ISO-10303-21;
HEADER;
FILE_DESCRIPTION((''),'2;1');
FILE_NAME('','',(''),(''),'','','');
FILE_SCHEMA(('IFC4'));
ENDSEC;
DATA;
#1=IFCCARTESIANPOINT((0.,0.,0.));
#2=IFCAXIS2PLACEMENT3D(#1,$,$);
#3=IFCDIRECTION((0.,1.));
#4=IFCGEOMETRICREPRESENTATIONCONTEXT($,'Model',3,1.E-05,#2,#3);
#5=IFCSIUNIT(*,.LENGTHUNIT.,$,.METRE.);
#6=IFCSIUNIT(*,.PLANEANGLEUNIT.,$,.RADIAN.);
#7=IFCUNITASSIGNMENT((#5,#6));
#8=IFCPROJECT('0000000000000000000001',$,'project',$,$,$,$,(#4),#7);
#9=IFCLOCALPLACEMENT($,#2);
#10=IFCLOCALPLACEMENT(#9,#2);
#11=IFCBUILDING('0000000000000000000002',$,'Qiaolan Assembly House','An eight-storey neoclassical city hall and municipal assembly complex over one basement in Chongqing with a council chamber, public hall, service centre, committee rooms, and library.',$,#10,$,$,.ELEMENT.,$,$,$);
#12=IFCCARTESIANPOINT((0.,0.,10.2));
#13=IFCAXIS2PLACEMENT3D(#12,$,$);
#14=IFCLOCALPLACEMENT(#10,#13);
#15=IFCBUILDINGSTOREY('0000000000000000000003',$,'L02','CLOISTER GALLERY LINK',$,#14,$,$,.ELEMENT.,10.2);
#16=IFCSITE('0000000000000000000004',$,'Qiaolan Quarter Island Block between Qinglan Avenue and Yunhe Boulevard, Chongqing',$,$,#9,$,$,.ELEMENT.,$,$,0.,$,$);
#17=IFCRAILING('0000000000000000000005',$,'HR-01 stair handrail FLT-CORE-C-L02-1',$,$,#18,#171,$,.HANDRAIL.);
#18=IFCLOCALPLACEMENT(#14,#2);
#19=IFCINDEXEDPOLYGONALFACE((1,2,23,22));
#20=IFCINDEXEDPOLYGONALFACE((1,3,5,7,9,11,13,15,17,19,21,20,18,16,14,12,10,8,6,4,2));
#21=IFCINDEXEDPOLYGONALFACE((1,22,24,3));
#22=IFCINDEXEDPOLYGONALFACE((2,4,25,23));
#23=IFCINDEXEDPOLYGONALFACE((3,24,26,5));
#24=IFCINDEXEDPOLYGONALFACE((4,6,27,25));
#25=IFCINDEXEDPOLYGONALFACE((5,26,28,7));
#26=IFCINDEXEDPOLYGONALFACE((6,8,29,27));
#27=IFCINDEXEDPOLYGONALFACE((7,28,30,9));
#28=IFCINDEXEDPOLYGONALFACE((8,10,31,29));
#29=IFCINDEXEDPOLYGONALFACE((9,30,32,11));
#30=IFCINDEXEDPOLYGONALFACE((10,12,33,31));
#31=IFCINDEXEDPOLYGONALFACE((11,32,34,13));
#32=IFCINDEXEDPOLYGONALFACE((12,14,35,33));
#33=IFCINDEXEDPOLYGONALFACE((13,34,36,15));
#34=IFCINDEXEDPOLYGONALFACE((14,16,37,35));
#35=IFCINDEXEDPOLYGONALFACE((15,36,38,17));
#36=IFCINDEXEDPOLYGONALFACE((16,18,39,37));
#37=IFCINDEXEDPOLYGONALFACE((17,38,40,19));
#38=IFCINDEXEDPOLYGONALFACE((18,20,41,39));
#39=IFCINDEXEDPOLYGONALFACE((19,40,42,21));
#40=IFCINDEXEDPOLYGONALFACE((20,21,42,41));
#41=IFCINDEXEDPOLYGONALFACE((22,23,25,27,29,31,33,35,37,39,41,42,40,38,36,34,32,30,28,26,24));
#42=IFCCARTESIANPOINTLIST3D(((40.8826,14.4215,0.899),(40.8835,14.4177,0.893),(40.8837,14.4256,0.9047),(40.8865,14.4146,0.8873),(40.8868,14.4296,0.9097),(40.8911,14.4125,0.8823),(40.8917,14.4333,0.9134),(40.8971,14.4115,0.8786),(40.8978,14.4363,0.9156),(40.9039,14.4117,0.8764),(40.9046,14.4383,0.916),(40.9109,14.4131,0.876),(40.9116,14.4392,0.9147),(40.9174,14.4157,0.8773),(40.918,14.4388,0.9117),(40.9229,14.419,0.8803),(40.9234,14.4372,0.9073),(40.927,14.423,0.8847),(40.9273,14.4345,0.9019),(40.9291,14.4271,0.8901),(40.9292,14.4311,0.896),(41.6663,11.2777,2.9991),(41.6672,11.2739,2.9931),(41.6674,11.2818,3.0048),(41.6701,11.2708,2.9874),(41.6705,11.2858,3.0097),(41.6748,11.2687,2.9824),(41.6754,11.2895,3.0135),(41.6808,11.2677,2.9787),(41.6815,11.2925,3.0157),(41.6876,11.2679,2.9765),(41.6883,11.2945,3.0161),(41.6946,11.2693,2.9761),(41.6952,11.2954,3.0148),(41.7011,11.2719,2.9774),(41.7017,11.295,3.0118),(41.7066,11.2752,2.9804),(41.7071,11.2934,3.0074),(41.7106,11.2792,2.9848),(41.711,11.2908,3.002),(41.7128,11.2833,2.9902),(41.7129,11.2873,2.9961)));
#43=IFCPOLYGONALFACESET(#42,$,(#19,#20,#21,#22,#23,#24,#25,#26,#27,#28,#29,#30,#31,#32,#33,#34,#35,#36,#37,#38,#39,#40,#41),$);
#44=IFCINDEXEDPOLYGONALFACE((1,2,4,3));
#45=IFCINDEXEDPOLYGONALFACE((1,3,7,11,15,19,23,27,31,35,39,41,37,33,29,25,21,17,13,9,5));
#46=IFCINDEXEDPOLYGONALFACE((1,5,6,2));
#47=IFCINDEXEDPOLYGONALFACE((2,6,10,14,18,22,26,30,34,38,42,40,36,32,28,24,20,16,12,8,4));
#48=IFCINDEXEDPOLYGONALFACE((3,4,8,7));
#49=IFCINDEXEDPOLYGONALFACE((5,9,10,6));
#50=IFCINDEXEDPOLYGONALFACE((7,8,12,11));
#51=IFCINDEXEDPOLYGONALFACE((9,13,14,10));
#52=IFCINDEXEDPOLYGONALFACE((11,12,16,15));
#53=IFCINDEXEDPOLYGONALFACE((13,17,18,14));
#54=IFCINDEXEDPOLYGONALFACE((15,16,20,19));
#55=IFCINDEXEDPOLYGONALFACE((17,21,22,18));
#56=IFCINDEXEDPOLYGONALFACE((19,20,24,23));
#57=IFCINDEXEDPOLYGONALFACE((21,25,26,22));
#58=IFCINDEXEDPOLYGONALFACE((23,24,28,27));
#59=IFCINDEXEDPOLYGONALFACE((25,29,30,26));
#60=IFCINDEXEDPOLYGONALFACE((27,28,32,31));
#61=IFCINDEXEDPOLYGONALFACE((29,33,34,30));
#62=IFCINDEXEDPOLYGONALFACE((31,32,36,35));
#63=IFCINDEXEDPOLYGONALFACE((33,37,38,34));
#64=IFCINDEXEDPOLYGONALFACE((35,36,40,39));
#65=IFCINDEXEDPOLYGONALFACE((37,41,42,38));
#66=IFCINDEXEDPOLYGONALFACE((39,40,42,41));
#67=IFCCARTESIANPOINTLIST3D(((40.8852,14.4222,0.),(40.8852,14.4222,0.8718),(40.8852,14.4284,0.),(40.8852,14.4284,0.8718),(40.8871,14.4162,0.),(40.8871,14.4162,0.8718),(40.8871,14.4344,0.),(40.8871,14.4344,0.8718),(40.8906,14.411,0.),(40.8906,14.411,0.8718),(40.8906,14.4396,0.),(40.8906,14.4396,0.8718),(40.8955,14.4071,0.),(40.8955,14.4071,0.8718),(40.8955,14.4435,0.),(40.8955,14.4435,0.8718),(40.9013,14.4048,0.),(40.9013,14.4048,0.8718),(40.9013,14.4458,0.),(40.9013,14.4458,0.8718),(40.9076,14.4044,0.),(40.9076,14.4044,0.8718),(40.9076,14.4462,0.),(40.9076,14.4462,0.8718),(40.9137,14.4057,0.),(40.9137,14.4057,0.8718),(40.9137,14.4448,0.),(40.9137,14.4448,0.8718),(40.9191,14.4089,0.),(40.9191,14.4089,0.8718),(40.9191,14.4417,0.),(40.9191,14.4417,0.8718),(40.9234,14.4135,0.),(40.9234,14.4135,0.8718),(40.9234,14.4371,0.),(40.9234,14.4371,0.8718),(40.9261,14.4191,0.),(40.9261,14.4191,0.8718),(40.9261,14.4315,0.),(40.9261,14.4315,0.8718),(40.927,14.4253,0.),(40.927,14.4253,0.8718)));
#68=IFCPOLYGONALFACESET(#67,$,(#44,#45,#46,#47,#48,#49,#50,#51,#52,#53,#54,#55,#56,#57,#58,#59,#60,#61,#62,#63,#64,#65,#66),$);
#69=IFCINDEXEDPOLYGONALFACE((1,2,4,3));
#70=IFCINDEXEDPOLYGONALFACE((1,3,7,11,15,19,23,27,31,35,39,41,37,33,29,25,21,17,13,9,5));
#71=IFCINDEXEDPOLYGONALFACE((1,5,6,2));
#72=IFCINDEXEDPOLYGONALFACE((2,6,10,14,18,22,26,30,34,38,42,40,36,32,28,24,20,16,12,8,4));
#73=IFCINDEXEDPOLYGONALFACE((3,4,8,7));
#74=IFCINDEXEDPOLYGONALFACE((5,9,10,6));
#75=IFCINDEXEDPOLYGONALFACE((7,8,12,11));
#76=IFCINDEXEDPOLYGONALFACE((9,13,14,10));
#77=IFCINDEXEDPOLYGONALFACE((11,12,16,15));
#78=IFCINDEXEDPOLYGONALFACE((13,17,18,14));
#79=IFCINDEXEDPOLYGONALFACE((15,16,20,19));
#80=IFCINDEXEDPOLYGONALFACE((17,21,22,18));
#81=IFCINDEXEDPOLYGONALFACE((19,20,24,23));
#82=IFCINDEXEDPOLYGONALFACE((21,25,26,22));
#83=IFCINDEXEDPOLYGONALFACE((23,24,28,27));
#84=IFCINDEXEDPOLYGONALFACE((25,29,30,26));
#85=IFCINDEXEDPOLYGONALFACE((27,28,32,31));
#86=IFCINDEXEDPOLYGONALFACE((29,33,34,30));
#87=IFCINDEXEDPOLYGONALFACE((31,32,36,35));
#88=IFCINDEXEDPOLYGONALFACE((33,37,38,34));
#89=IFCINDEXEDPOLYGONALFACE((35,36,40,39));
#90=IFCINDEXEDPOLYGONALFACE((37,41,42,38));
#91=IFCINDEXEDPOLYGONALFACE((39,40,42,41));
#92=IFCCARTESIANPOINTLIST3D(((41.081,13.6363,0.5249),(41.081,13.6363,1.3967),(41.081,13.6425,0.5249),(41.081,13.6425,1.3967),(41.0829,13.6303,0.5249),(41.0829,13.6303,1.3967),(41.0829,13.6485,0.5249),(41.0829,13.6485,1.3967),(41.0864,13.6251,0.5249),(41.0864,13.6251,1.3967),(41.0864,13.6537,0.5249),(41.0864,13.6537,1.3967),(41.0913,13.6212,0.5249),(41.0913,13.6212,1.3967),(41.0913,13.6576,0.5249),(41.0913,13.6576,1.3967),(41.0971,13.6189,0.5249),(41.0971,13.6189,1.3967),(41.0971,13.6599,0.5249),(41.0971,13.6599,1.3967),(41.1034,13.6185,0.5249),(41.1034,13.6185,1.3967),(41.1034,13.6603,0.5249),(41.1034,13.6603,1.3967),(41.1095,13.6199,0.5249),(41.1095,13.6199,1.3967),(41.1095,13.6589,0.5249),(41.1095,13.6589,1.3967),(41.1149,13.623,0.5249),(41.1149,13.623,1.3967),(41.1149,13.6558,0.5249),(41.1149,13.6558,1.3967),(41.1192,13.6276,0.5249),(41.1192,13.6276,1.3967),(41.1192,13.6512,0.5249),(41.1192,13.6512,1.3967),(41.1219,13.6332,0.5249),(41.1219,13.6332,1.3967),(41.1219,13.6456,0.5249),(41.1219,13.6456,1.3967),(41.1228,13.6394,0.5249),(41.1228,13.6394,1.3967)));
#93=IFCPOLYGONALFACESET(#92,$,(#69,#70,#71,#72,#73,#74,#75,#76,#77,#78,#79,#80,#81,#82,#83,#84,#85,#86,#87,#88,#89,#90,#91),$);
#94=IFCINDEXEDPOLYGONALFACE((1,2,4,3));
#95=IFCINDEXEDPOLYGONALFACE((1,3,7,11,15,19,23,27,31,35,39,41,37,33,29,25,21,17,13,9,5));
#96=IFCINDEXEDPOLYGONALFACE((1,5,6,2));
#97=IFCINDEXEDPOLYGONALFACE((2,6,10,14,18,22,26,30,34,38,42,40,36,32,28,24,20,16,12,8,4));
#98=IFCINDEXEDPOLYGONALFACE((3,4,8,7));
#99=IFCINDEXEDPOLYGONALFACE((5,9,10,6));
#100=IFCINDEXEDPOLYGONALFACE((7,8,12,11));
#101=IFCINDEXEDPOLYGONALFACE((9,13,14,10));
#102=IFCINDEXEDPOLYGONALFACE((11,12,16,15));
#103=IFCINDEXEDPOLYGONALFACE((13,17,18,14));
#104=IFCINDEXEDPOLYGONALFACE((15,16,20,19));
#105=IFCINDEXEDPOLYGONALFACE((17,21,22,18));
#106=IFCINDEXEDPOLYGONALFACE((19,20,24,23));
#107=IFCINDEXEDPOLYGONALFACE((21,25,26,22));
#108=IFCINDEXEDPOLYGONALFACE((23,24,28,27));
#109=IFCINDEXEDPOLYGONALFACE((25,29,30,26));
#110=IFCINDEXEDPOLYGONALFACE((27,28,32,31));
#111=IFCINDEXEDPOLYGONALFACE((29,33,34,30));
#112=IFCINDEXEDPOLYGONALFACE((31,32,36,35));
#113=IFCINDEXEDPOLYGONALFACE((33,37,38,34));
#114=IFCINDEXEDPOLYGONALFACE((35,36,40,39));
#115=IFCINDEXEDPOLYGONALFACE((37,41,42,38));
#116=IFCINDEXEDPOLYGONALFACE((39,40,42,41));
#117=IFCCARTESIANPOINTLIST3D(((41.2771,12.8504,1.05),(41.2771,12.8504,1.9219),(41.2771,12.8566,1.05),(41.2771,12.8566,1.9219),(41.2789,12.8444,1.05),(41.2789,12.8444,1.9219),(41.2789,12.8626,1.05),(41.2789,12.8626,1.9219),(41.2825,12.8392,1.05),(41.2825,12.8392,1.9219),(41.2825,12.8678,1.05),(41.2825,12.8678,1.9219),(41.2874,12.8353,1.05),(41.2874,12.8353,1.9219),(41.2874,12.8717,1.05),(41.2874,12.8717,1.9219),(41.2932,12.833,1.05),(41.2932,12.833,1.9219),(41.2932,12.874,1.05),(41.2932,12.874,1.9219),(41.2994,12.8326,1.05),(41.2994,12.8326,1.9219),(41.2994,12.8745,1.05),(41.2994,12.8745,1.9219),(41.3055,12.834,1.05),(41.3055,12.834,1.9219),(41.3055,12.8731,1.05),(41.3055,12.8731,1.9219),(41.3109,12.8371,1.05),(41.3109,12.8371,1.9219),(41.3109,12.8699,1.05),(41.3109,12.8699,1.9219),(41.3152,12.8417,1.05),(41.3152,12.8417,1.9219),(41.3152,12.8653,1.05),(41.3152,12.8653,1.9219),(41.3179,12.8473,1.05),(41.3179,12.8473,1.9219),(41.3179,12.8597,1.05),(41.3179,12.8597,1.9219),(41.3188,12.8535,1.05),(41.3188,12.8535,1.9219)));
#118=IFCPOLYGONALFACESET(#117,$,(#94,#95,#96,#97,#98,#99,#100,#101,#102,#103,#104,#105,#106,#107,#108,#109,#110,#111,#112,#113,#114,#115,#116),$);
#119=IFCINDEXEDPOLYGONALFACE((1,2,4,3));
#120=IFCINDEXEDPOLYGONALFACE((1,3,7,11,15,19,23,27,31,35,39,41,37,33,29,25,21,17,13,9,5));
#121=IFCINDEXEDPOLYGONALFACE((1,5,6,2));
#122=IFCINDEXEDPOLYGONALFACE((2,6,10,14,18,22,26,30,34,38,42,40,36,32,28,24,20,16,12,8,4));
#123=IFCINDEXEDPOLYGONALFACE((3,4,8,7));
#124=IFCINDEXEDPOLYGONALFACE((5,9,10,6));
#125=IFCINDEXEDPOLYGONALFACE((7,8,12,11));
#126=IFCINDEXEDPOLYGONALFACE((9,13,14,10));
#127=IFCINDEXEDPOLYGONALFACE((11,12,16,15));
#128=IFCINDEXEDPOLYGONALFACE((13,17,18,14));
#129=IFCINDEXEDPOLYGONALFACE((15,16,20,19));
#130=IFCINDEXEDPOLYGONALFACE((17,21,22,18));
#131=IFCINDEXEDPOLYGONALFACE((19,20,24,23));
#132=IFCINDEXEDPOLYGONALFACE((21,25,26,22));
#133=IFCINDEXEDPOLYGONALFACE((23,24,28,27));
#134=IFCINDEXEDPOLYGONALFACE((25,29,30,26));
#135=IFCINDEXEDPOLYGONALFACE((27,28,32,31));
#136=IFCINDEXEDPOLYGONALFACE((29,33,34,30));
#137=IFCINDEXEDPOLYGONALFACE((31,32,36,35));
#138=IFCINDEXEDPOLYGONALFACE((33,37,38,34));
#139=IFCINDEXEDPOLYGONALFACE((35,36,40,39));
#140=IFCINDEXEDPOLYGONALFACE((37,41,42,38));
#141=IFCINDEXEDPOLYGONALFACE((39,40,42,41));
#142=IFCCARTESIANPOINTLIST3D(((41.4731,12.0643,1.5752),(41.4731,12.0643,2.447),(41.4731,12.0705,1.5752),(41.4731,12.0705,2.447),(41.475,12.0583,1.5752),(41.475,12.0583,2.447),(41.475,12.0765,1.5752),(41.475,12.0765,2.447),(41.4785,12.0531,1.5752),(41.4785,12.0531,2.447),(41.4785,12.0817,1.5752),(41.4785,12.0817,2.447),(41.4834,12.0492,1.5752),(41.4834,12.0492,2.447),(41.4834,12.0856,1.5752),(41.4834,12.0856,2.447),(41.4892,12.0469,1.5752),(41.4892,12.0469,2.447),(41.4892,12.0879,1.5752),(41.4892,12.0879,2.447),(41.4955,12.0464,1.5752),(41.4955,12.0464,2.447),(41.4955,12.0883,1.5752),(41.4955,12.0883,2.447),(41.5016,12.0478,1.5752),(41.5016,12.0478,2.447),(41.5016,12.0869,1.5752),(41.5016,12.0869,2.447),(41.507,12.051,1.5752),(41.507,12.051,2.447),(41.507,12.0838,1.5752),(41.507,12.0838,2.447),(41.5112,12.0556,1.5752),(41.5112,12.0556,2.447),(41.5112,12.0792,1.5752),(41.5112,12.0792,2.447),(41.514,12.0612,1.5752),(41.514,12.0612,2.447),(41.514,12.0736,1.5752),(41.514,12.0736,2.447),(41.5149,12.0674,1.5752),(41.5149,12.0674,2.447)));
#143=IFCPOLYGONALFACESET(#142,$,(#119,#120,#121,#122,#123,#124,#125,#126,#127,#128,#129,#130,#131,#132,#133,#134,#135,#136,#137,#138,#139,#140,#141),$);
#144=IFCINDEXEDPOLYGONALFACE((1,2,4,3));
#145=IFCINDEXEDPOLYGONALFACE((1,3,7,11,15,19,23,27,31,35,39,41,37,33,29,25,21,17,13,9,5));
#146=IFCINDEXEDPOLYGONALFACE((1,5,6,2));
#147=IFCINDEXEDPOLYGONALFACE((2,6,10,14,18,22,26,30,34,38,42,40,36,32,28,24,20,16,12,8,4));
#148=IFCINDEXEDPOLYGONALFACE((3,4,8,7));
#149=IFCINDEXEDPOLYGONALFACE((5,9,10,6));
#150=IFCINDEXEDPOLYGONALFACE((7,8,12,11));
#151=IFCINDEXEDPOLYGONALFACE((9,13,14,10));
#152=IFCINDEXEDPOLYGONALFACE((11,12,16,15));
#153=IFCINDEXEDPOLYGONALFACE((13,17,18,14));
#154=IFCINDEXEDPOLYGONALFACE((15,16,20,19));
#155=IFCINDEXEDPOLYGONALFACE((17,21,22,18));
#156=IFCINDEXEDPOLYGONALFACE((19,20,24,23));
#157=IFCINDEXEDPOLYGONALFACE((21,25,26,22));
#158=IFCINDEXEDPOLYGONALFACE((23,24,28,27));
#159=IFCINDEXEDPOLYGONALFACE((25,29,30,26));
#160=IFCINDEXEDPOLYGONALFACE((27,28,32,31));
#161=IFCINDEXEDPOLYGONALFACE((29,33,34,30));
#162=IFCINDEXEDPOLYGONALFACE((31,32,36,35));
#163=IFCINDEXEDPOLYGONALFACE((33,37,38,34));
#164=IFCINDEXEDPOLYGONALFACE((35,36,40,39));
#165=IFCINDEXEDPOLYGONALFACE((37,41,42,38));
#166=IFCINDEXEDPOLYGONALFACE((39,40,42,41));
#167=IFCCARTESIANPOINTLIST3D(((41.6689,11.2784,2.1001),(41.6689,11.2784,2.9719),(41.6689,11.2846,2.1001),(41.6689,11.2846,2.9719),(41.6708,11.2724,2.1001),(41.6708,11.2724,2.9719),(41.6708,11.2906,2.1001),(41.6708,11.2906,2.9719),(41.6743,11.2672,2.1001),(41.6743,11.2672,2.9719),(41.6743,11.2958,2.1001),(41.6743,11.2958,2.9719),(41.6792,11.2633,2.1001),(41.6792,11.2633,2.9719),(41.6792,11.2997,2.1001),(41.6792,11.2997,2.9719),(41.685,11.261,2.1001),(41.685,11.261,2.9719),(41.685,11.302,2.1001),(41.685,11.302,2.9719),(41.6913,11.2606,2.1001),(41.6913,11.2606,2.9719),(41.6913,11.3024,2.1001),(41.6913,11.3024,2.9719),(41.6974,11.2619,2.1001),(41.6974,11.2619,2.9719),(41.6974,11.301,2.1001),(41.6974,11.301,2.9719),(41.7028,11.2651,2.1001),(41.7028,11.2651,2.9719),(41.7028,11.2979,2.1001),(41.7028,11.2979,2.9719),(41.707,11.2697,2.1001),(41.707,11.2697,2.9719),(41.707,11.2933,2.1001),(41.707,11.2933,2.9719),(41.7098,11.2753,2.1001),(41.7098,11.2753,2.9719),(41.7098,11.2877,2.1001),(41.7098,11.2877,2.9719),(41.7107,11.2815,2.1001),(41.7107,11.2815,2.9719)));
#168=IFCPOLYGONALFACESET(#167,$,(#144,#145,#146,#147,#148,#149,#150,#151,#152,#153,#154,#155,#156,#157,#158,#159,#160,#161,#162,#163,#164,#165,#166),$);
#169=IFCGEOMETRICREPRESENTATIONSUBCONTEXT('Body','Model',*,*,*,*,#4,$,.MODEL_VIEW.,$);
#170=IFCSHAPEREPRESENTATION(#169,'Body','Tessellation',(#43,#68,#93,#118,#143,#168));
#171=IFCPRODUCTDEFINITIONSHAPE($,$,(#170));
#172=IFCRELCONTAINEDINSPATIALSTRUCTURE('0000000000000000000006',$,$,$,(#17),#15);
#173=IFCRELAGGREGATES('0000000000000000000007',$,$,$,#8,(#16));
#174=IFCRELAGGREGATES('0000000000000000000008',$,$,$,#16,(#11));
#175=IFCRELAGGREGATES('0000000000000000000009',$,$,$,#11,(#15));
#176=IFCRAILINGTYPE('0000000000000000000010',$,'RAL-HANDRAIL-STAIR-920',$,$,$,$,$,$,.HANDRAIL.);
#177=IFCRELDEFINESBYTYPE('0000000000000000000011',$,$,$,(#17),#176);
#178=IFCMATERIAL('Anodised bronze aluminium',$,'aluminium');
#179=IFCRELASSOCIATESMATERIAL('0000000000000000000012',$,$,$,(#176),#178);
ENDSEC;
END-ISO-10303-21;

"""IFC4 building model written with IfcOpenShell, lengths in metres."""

from ifc_helpers import new_model, si_unit, direction, frame, origin, origin_2d, place, context, subcontext, project, spatial, circle, extrude, material, type_object, element, save


model = new_model("IFC4")

# Units and contexts
model_context = context("Model", 3, precision=1e-05, world=origin(), true_north=direction((0.0, 1.0)))
body_context = subcontext(model_context, "Body", "Model", "MODEL_VIEW")
ifc_project = project(units=[si_unit("LENGTHUNIT", "METRE"), si_unit("PLANEANGLEUNIT", "RADIAN")], contexts=[model_context])

# Site, building, storey
site_placement = place(None, origin())
site = spatial("IfcSite", under=ifc_project, at=site_placement, Name="Qiaolan Quarter Island Block between Qinglan Avenue and Yunhe Boulevard, Chongqing", CompositionType="ELEMENT", RefElevation=0.0)
building_placement = place(site_placement, origin())
building = spatial("IfcBuilding", under=site, at=building_placement, Name="Qiaolan Assembly House", Description="An eight-storey neoclassical city hall and municipal assembly complex over one basement in Chongqing with a council chamber, public hall, service centre, committee rooms, and library.", CompositionType="ELEMENT")
storey_placement = place(building_placement, frame((0.0, 0.0, 10.2)))
storey = spatial("IfcBuildingStorey", under=building, at=storey_placement, Name="L02", Description="CLOISTER GALLERY LINK", CompositionType="ELEMENT", Elevation=10.2)

# Railing
ifc_material_1 = material(Name="Anodised bronze aluminium", Category="aluminium")
railing_type_1 = type_object("IfcRailingType", Name="RAL-HANDRAIL-STAIR-920", PredefinedType="HANDRAIL", material=ifc_material_1)
railing_1_placement = place(storey_placement, frame((40.906, 14.4253, 0.0)))
element("IfcRailing", 1, at=railing_1_placement, inside=storey, type_object=railing_type_1, Name="HR-01 stair handrail FLT-CORE-C-L02-1", PredefinedType="HANDRAIL", context=body_context, shape_type="SweptSolid", body=[
    extrude(circle(Radius=0.0239, at=origin_2d()), frame((0.0, 0.0, 0.896), z_axis=(0.202971, -0.814225, 0.543912), x_axis=(0.970306, 0.24188, 0.0)), (0.0, 0.0, 1.0), 3.8611),
    extrude(circle(Radius=0.021, at=origin_2d()), origin(), (0.0, 0.0, 1.0), 0.8718),
    extrude(circle(Radius=0.021, at=origin_2d()), frame((0.1958, -0.7859, 0.5249)), (0.0, 0.0, 1.0), 0.8718),
    extrude(circle(Radius=0.021, at=origin_2d()), frame((0.3918, -1.5718, 1.05)), (0.0, 0.0, 1.0), 0.8718),
    extrude(circle(Radius=0.021, at=origin_2d()), frame((0.5879, -2.3579, 1.5752)), (0.0, 0.0, 1.0), 0.8718),
    extrude(circle(Radius=0.021, at=origin_2d()), frame((0.7837, -3.1438, 2.1001)), (0.0, 0.0, 1.0), 0.8718),
])

save(model, "model.ifc")
